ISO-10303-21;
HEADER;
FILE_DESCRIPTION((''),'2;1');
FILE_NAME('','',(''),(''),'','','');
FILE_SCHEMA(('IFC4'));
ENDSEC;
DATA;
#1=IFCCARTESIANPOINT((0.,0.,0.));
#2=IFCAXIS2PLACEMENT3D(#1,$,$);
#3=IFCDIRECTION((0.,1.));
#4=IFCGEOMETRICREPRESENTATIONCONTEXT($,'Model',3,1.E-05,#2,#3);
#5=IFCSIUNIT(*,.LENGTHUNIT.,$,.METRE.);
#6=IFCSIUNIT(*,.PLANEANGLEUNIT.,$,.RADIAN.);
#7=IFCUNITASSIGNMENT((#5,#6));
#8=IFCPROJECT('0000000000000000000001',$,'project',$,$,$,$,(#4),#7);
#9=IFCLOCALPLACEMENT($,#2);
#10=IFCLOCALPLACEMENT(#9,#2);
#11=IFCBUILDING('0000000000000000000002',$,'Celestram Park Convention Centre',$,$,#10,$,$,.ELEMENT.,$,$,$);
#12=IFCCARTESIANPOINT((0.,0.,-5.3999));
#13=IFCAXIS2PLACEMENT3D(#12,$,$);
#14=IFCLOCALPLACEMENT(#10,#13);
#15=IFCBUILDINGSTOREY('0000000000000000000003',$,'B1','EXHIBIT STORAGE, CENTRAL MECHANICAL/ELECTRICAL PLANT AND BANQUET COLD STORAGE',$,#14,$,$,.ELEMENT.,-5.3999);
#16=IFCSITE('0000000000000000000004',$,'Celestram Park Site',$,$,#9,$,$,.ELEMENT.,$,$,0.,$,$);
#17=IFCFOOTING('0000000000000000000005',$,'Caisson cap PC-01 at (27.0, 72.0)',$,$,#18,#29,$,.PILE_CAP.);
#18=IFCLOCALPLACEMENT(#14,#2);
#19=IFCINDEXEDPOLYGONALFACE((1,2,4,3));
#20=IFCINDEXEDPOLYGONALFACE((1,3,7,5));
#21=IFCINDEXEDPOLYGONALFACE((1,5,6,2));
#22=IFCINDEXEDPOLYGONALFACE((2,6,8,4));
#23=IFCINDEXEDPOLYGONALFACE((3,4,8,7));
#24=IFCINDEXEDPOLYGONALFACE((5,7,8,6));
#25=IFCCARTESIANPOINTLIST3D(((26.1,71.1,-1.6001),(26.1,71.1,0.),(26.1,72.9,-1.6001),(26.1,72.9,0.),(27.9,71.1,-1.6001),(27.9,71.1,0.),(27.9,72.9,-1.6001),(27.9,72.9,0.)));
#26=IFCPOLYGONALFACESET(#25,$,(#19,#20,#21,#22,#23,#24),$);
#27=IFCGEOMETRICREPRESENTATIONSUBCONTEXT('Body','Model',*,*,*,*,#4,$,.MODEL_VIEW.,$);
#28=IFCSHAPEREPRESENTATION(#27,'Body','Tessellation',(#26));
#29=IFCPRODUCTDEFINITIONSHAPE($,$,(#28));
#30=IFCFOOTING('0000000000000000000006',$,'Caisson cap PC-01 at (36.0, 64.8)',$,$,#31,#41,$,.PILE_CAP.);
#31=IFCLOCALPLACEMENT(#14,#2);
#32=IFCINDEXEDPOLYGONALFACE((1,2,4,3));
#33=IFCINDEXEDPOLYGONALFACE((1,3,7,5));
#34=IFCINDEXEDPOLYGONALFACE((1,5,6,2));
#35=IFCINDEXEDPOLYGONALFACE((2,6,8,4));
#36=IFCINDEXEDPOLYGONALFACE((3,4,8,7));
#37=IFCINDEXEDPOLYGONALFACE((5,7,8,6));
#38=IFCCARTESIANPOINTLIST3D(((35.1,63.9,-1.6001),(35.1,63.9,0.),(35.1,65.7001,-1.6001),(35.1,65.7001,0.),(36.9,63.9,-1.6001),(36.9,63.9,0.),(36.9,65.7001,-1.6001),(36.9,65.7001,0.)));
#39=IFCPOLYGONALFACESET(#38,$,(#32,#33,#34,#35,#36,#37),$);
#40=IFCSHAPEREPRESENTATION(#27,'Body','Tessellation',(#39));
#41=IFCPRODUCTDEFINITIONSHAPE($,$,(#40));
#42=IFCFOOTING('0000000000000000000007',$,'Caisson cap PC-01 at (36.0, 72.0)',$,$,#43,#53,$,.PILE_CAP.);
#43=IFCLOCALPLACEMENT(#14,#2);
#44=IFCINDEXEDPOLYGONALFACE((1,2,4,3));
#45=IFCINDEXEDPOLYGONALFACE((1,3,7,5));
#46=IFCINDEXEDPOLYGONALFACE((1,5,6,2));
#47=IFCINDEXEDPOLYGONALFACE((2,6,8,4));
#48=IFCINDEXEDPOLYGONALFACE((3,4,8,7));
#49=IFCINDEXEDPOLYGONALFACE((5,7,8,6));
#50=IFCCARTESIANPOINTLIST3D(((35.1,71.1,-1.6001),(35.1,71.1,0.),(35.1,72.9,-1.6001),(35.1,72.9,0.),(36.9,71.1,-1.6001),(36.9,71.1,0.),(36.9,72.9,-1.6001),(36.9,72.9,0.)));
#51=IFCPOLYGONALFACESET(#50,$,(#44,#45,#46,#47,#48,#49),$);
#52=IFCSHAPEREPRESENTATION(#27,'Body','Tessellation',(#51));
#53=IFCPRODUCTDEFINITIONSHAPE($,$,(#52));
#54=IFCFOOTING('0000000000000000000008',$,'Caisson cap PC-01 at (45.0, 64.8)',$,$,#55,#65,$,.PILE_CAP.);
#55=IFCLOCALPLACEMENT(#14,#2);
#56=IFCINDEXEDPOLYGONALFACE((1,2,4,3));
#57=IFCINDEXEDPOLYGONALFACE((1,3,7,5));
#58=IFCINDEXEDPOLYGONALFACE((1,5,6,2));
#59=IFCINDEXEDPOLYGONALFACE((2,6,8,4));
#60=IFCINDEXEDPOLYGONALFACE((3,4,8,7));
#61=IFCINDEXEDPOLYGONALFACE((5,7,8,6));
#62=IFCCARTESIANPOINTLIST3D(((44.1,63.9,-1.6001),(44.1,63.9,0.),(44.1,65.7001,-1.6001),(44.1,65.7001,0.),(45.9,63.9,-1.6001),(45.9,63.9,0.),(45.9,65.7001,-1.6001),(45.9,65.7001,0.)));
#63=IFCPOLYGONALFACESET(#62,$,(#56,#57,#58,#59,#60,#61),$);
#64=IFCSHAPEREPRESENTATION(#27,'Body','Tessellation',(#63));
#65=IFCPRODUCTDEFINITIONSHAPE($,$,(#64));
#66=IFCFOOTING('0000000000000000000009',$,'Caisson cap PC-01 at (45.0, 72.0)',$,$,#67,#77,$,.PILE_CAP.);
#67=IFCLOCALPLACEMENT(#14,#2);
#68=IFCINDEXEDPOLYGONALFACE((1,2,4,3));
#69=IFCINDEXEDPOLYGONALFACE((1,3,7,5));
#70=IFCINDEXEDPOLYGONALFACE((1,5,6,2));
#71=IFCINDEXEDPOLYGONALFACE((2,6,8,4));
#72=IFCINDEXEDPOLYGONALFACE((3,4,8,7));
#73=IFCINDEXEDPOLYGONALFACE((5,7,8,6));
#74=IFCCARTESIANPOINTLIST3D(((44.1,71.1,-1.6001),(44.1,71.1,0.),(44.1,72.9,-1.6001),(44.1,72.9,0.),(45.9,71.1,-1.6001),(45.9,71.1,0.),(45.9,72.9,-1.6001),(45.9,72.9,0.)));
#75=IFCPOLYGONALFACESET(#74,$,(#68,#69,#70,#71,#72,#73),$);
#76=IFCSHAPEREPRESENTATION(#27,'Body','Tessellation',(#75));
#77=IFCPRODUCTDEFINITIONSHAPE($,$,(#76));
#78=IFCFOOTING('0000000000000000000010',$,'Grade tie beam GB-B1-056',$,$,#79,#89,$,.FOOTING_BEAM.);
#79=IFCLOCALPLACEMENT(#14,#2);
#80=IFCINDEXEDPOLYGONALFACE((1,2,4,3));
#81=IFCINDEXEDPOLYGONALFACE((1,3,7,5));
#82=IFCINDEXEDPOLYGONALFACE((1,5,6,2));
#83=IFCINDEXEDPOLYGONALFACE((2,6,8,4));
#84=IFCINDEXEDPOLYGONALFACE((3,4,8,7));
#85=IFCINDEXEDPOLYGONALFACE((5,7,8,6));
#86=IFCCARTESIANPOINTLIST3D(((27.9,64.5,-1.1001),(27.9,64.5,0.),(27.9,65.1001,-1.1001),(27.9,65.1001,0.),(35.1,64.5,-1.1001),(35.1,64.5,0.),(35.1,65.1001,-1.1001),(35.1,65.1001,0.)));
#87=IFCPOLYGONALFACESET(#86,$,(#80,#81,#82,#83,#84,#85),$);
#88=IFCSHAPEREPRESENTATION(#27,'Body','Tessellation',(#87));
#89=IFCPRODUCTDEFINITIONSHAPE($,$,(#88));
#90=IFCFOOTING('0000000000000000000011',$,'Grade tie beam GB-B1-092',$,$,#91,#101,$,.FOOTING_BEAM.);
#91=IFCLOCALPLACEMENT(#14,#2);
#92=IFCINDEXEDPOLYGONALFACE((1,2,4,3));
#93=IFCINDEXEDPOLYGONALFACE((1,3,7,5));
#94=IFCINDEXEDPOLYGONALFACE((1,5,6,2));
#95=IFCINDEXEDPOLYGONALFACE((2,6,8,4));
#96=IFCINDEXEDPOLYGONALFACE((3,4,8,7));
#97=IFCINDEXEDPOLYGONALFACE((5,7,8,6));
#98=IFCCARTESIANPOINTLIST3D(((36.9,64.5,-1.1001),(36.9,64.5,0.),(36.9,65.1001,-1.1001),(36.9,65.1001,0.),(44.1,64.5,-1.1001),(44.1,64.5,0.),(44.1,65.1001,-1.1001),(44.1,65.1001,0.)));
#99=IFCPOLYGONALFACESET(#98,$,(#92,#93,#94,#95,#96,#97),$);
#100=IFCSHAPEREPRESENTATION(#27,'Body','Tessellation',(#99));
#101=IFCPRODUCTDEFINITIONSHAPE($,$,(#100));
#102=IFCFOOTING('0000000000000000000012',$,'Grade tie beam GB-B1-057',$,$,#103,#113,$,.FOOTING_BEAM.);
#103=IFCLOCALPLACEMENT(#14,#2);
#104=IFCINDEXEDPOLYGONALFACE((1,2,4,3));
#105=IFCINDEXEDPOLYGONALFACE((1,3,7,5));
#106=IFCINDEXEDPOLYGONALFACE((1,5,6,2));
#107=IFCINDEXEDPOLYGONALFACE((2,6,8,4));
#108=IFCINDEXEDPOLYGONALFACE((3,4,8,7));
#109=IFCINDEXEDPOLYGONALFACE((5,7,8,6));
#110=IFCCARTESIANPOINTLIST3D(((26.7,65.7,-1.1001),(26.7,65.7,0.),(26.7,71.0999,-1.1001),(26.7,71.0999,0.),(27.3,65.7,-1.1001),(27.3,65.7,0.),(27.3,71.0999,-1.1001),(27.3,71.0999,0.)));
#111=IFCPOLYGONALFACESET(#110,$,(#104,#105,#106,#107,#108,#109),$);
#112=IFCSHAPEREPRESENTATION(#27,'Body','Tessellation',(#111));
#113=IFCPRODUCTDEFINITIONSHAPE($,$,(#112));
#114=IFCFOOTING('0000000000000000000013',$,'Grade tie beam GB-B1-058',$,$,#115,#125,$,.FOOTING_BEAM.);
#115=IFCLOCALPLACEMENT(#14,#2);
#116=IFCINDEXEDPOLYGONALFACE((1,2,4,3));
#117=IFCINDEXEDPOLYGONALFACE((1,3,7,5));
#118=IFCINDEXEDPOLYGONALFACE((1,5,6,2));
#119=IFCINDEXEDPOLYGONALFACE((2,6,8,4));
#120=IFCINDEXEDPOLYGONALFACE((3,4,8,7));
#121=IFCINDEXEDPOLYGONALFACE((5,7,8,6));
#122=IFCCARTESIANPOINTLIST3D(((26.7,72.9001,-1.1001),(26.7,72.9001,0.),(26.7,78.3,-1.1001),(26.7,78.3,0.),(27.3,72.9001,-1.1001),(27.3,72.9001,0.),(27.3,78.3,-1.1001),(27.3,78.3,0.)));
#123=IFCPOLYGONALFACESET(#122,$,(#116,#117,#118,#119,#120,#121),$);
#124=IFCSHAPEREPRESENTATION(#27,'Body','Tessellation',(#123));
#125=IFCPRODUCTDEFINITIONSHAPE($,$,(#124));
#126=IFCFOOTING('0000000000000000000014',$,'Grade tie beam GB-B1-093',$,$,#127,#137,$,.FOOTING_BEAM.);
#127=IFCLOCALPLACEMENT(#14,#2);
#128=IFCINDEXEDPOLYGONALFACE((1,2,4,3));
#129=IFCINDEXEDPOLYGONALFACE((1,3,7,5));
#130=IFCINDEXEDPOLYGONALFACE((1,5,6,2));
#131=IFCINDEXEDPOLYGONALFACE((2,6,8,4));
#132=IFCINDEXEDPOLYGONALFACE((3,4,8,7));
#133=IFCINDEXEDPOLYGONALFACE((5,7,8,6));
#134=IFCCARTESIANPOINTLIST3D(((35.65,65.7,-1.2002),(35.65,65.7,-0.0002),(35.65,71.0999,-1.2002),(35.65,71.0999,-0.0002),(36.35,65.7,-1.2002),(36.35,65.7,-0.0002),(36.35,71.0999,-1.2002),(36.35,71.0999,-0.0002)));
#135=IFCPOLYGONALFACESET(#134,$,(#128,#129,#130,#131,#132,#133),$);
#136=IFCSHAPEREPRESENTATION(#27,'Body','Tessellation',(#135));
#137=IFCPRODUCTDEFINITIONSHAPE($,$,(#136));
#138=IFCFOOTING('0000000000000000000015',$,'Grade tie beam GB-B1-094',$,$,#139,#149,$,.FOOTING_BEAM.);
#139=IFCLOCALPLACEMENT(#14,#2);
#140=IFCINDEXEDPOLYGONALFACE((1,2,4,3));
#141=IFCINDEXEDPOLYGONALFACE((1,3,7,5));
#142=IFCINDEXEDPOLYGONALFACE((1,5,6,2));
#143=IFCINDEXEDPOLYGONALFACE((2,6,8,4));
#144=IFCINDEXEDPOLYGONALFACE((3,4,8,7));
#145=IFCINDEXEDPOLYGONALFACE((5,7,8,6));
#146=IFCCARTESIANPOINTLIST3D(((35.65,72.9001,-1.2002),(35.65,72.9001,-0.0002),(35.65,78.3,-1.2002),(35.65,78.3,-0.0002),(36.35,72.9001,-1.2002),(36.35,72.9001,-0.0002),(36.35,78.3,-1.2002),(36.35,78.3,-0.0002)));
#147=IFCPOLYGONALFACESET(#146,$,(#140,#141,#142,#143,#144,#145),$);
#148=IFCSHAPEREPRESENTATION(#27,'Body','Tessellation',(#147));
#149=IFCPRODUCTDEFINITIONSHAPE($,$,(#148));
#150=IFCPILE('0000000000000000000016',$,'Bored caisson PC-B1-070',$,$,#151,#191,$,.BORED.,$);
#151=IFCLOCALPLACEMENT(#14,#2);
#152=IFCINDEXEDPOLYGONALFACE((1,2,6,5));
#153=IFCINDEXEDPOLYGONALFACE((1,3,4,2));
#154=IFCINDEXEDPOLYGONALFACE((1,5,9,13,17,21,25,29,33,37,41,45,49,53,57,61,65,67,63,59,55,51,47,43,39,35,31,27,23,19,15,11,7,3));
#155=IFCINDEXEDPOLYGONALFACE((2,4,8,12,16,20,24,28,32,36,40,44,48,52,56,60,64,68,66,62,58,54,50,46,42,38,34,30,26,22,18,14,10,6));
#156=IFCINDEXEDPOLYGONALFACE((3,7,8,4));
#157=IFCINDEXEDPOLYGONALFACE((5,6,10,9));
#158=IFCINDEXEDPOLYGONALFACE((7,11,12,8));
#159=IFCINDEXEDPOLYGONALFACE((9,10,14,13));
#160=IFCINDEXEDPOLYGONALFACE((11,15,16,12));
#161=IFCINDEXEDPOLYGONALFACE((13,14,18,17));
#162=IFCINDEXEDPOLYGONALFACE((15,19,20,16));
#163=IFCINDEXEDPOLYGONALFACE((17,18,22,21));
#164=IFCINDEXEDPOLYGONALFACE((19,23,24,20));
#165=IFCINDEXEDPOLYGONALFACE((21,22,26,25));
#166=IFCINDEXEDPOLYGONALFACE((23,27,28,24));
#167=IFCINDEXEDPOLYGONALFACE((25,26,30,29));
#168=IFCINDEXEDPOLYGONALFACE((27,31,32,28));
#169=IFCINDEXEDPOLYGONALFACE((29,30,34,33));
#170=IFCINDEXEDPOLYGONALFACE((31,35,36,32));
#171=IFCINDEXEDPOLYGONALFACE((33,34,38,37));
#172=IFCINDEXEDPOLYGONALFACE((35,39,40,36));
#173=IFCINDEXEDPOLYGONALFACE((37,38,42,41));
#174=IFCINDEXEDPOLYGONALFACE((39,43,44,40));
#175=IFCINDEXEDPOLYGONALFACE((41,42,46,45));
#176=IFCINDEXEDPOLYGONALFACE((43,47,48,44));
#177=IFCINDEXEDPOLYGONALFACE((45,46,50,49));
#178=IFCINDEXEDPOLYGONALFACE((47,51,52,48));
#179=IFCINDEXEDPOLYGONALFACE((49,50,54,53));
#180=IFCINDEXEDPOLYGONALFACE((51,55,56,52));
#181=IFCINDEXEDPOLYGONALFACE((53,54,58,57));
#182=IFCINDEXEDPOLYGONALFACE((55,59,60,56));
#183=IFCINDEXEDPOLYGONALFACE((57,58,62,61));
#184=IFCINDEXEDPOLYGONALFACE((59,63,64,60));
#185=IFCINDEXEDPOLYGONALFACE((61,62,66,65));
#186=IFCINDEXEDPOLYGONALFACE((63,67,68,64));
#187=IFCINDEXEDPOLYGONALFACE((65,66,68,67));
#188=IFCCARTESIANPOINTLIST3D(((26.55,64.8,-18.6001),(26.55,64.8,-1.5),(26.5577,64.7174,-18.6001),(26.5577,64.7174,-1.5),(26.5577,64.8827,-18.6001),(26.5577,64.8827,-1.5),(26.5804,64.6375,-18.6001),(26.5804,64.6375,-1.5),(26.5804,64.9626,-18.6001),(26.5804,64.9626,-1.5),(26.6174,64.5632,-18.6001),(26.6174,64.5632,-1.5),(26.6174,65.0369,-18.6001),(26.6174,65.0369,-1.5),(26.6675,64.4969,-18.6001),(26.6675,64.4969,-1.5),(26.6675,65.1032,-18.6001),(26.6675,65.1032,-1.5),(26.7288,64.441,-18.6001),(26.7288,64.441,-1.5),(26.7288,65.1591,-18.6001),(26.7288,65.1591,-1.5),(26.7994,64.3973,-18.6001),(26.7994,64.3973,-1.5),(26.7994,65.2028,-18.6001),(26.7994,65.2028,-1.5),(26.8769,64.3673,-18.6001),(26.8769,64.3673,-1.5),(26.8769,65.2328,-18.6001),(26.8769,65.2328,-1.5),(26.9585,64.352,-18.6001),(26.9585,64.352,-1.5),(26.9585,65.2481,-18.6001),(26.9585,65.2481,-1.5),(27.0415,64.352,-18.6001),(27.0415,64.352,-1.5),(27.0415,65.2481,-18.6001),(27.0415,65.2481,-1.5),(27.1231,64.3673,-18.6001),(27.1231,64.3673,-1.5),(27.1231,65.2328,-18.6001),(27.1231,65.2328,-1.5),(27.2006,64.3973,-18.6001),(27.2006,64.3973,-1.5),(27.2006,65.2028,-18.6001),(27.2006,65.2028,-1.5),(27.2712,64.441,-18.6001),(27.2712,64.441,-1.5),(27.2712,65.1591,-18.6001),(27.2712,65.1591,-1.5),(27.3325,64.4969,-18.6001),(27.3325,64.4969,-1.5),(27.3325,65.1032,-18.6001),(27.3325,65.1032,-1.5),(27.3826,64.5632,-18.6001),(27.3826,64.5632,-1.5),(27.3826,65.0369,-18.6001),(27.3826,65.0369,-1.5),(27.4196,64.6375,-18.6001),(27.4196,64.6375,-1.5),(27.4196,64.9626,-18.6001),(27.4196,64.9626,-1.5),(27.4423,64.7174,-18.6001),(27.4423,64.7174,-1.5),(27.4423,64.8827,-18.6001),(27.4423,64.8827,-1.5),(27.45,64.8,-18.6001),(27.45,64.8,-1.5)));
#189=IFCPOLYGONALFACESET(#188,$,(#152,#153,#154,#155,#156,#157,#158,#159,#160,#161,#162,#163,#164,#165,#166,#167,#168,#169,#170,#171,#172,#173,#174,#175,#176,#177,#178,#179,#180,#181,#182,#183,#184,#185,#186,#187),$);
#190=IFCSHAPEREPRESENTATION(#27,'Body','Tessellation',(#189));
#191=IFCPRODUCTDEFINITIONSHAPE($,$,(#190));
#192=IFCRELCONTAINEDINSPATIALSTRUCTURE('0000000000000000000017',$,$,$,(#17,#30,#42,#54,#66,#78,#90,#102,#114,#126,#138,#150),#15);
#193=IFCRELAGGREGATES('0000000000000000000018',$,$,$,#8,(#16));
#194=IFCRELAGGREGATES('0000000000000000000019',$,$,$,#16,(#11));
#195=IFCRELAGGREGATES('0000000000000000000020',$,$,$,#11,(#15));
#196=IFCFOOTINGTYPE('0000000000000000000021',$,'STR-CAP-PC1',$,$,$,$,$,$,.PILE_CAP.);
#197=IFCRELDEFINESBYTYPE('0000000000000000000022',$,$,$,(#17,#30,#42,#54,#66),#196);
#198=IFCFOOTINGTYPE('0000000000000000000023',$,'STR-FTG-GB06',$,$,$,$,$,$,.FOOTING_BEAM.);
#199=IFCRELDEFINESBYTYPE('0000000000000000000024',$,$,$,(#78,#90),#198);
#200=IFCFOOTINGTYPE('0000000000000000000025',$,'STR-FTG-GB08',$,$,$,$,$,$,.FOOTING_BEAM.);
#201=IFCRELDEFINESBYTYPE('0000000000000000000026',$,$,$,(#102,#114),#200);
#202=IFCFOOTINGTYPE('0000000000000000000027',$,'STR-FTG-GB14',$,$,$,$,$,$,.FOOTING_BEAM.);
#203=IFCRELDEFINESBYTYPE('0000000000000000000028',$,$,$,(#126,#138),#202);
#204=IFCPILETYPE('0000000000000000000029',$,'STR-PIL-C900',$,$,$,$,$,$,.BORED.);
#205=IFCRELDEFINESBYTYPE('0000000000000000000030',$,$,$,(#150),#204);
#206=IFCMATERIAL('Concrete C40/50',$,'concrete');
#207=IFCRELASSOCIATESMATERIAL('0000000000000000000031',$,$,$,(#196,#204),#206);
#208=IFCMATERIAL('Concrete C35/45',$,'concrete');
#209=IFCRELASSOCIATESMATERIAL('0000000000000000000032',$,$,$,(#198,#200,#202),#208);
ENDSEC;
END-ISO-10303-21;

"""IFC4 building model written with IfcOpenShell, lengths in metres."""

from ifc_helpers import new_model, si_unit, direction, frame, origin, origin_2d, place, context, subcontext, project, spatial, rectangle, circle, extrude, material, material_profile, profile_set, type_object, element, save


model = new_model("IFC4")

# Units and contexts
model_context = context("Model", 3, precision=1e-05, world=origin(), true_north=direction((0.0, 1.0)))
body_context = subcontext(model_context, "Body", "Model", "MODEL_VIEW")
ifc_project = project(units=[si_unit("LENGTHUNIT", "METRE"), si_unit("PLANEANGLEUNIT", "RADIAN")], contexts=[model_context])

# Site, building, storey
site_placement = place(None, origin())
site = spatial("IfcSite", under=ifc_project, at=site_placement, Name="Celestram Park Site", CompositionType="ELEMENT", RefElevation=0.0)
building_placement = place(site_placement, origin())
building = spatial("IfcBuilding", under=site, at=building_placement, Name="Celestram Park Convention Centre", CompositionType="ELEMENT")
storey_placement = place(building_placement, frame((0.0, 0.0, -5.3999)))
storey = spatial("IfcBuildingStorey", under=building, at=storey_placement, Name="B1", Description="EXHIBIT STORAGE, CENTRAL MECHANICAL/ELECTRICAL PLANT AND BANQUET COLD STORAGE", CompositionType="ELEMENT", Elevation=-5.3999)

# Footings
ifc_material_1 = material(Name="Concrete C40/50", Category="concrete")
footing_type_1 = type_object("IfcFootingType", Name="STR-CAP-PC1", PredefinedType="PILE_CAP", material=ifc_material_1)
for number, where, z_axis, x_axis, name in (
    (1, (27.0, 72.0, -1.6001), (0.0, 0.0, 1.0), (1.0, 0.0, 0.0), "Caisson cap PC-01 at (27.0, 72.0)"),
    (2, (36.0, 64.8, -1.6001), (0.0, 0.0, 1.0), (1.0, 0.0, 0.0), "Caisson cap PC-01 at (36.0, 64.8)"),
    (3, (36.0, 72.0, -1.6001), (0.0, 0.0, 1.0), (1.0, 0.0, 0.0), "Caisson cap PC-01 at (36.0, 72.0)"),
    (4, (45.0, 64.8, -1.6001), (0.0, 0.0, 1.0), (1.0, 0.0, 0.0), "Caisson cap PC-01 at (45.0, 64.8)"),
    (5, (45.0, 72.0, -1.6001), (0.0, 0.0, 1.0), (1.0, 0.0, 0.0), "Caisson cap PC-01 at (45.0, 72.0)"),
):
    element("IfcFooting", number, at=place(storey_placement, frame(where, z_axis=z_axis, x_axis=x_axis)), inside=storey, type_object=footing_type_1, Name=name, PredefinedType="PILE_CAP", context=body_context, shape_type="SweptSolid", body=[
        extrude(rectangle(XDim=1.8, YDim=1.8, at=origin_2d()), origin(), (0.0, 0.0, 1.0), 1.6001),
    ])
ifc_material_2 = material(Name="Concrete C35/45", Category="concrete")
footing_type_2 = type_object("IfcFootingType", Name="STR-FTG-GB06", PredefinedType="FOOTING_BEAM", material=ifc_material_2)
for number, where, z_axis, x_axis, name in (
    (6, (31.5, 64.8, -1.1001), (0.0, 0.0, 1.0), (1.0, 0.0, 0.0), "Grade tie beam GB-B1-056"),
    (7, (40.5, 64.8, -1.1001), (0.0, 0.0, 1.0), (1.0, 0.0, 0.0), "Grade tie beam GB-B1-092"),
):
    element("IfcFooting", number, at=place(storey_placement, frame(where, z_axis=z_axis, x_axis=x_axis)), inside=storey, type_object=footing_type_2, Name=name, PredefinedType="FOOTING_BEAM", context=body_context, shape_type="SweptSolid", body=[
        extrude(rectangle(XDim=7.2, YDim=0.6001, at=origin_2d()), origin(), (0.0, 0.0, 1.0), 1.1001),
    ])
footing_type_3 = type_object("IfcFootingType", Name="STR-FTG-GB08", PredefinedType="FOOTING_BEAM", material=ifc_material_2)
for number, where, z_axis, x_axis, name in (
    (8, (27.0, 68.3999, -1.1001), (0.0, 0.0, 1.0), (0.0, 1.0, 0.0), "Grade tie beam GB-B1-057"),
    (9, (27.0, 75.6001, -1.1001), (0.0, 0.0, 1.0), (0.0, 1.0, 0.0), "Grade tie beam GB-B1-058"),
):
    element("IfcFooting", number, at=place(storey_placement, frame(where, z_axis=z_axis, x_axis=x_axis)), inside=storey, type_object=footing_type_3, Name=name, PredefinedType="FOOTING_BEAM", context=body_context, shape_type="SweptSolid", body=[
        extrude(rectangle(XDim=5.3999, YDim=0.6001, at=origin_2d()), origin(), (0.0, 0.0, 1.0), 1.1001),
    ])
footing_type_4 = type_object("IfcFootingType", Name="STR-FTG-GB14", PredefinedType="FOOTING_BEAM", material=ifc_material_2)
for number, where, z_axis, x_axis, name in (
    (10, (36.0, 68.3999, -1.2002), (0.0, 0.0, 1.0), (0.0, 1.0, 0.0), "Grade tie beam GB-B1-093"),
    (11, (36.0, 75.6001, -1.2002), (0.0, 0.0, 1.0), (0.0, 1.0, 0.0), "Grade tie beam GB-B1-094"),
):
    element("IfcFooting", number, at=place(storey_placement, frame(where, z_axis=z_axis, x_axis=x_axis)), inside=storey, type_object=footing_type_4, Name=name, PredefinedType="FOOTING_BEAM", context=body_context, shape_type="SweptSolid", body=[
        extrude(rectangle(XDim=5.3999, YDim=0.7, at=origin_2d()), origin(), (0.0, 0.0, 1.0), 1.2),
    ])

# Pile
ifc_material_profile_1 = material_profile(ifc_material_1, circle(Radius=0.45, at=origin_2d()), Name="CAISSON900")
ifc_profile_set_1 = profile_set([ifc_material_profile_1], Name="Concrete C40/50")
pile_type = type_object("IfcPileType", Name="STR-PIL-C900", PredefinedType="BORED", material=ifc_profile_set_1)
for number, where, z_axis, x_axis, name in (
    (12, (27.0, 64.8, -1.5), (0.0, 0.0, -1.0), (1.0, 0.0, 0.0), "Bored caisson PC-B1-070"),
):
    element("IfcPile", number, at=place(storey_placement, frame(where, z_axis=z_axis, x_axis=x_axis)), inside=storey, type_object=pile_type, Name=name, PredefinedType="BORED", context=body_context, shape_type="SweptSolid", body=[
        extrude(circle(Radius=0.45, at=origin_2d()), origin(), (0.0, 0.0, 1.0), 17.1001),
    ])

save(model, "model.ifc")
